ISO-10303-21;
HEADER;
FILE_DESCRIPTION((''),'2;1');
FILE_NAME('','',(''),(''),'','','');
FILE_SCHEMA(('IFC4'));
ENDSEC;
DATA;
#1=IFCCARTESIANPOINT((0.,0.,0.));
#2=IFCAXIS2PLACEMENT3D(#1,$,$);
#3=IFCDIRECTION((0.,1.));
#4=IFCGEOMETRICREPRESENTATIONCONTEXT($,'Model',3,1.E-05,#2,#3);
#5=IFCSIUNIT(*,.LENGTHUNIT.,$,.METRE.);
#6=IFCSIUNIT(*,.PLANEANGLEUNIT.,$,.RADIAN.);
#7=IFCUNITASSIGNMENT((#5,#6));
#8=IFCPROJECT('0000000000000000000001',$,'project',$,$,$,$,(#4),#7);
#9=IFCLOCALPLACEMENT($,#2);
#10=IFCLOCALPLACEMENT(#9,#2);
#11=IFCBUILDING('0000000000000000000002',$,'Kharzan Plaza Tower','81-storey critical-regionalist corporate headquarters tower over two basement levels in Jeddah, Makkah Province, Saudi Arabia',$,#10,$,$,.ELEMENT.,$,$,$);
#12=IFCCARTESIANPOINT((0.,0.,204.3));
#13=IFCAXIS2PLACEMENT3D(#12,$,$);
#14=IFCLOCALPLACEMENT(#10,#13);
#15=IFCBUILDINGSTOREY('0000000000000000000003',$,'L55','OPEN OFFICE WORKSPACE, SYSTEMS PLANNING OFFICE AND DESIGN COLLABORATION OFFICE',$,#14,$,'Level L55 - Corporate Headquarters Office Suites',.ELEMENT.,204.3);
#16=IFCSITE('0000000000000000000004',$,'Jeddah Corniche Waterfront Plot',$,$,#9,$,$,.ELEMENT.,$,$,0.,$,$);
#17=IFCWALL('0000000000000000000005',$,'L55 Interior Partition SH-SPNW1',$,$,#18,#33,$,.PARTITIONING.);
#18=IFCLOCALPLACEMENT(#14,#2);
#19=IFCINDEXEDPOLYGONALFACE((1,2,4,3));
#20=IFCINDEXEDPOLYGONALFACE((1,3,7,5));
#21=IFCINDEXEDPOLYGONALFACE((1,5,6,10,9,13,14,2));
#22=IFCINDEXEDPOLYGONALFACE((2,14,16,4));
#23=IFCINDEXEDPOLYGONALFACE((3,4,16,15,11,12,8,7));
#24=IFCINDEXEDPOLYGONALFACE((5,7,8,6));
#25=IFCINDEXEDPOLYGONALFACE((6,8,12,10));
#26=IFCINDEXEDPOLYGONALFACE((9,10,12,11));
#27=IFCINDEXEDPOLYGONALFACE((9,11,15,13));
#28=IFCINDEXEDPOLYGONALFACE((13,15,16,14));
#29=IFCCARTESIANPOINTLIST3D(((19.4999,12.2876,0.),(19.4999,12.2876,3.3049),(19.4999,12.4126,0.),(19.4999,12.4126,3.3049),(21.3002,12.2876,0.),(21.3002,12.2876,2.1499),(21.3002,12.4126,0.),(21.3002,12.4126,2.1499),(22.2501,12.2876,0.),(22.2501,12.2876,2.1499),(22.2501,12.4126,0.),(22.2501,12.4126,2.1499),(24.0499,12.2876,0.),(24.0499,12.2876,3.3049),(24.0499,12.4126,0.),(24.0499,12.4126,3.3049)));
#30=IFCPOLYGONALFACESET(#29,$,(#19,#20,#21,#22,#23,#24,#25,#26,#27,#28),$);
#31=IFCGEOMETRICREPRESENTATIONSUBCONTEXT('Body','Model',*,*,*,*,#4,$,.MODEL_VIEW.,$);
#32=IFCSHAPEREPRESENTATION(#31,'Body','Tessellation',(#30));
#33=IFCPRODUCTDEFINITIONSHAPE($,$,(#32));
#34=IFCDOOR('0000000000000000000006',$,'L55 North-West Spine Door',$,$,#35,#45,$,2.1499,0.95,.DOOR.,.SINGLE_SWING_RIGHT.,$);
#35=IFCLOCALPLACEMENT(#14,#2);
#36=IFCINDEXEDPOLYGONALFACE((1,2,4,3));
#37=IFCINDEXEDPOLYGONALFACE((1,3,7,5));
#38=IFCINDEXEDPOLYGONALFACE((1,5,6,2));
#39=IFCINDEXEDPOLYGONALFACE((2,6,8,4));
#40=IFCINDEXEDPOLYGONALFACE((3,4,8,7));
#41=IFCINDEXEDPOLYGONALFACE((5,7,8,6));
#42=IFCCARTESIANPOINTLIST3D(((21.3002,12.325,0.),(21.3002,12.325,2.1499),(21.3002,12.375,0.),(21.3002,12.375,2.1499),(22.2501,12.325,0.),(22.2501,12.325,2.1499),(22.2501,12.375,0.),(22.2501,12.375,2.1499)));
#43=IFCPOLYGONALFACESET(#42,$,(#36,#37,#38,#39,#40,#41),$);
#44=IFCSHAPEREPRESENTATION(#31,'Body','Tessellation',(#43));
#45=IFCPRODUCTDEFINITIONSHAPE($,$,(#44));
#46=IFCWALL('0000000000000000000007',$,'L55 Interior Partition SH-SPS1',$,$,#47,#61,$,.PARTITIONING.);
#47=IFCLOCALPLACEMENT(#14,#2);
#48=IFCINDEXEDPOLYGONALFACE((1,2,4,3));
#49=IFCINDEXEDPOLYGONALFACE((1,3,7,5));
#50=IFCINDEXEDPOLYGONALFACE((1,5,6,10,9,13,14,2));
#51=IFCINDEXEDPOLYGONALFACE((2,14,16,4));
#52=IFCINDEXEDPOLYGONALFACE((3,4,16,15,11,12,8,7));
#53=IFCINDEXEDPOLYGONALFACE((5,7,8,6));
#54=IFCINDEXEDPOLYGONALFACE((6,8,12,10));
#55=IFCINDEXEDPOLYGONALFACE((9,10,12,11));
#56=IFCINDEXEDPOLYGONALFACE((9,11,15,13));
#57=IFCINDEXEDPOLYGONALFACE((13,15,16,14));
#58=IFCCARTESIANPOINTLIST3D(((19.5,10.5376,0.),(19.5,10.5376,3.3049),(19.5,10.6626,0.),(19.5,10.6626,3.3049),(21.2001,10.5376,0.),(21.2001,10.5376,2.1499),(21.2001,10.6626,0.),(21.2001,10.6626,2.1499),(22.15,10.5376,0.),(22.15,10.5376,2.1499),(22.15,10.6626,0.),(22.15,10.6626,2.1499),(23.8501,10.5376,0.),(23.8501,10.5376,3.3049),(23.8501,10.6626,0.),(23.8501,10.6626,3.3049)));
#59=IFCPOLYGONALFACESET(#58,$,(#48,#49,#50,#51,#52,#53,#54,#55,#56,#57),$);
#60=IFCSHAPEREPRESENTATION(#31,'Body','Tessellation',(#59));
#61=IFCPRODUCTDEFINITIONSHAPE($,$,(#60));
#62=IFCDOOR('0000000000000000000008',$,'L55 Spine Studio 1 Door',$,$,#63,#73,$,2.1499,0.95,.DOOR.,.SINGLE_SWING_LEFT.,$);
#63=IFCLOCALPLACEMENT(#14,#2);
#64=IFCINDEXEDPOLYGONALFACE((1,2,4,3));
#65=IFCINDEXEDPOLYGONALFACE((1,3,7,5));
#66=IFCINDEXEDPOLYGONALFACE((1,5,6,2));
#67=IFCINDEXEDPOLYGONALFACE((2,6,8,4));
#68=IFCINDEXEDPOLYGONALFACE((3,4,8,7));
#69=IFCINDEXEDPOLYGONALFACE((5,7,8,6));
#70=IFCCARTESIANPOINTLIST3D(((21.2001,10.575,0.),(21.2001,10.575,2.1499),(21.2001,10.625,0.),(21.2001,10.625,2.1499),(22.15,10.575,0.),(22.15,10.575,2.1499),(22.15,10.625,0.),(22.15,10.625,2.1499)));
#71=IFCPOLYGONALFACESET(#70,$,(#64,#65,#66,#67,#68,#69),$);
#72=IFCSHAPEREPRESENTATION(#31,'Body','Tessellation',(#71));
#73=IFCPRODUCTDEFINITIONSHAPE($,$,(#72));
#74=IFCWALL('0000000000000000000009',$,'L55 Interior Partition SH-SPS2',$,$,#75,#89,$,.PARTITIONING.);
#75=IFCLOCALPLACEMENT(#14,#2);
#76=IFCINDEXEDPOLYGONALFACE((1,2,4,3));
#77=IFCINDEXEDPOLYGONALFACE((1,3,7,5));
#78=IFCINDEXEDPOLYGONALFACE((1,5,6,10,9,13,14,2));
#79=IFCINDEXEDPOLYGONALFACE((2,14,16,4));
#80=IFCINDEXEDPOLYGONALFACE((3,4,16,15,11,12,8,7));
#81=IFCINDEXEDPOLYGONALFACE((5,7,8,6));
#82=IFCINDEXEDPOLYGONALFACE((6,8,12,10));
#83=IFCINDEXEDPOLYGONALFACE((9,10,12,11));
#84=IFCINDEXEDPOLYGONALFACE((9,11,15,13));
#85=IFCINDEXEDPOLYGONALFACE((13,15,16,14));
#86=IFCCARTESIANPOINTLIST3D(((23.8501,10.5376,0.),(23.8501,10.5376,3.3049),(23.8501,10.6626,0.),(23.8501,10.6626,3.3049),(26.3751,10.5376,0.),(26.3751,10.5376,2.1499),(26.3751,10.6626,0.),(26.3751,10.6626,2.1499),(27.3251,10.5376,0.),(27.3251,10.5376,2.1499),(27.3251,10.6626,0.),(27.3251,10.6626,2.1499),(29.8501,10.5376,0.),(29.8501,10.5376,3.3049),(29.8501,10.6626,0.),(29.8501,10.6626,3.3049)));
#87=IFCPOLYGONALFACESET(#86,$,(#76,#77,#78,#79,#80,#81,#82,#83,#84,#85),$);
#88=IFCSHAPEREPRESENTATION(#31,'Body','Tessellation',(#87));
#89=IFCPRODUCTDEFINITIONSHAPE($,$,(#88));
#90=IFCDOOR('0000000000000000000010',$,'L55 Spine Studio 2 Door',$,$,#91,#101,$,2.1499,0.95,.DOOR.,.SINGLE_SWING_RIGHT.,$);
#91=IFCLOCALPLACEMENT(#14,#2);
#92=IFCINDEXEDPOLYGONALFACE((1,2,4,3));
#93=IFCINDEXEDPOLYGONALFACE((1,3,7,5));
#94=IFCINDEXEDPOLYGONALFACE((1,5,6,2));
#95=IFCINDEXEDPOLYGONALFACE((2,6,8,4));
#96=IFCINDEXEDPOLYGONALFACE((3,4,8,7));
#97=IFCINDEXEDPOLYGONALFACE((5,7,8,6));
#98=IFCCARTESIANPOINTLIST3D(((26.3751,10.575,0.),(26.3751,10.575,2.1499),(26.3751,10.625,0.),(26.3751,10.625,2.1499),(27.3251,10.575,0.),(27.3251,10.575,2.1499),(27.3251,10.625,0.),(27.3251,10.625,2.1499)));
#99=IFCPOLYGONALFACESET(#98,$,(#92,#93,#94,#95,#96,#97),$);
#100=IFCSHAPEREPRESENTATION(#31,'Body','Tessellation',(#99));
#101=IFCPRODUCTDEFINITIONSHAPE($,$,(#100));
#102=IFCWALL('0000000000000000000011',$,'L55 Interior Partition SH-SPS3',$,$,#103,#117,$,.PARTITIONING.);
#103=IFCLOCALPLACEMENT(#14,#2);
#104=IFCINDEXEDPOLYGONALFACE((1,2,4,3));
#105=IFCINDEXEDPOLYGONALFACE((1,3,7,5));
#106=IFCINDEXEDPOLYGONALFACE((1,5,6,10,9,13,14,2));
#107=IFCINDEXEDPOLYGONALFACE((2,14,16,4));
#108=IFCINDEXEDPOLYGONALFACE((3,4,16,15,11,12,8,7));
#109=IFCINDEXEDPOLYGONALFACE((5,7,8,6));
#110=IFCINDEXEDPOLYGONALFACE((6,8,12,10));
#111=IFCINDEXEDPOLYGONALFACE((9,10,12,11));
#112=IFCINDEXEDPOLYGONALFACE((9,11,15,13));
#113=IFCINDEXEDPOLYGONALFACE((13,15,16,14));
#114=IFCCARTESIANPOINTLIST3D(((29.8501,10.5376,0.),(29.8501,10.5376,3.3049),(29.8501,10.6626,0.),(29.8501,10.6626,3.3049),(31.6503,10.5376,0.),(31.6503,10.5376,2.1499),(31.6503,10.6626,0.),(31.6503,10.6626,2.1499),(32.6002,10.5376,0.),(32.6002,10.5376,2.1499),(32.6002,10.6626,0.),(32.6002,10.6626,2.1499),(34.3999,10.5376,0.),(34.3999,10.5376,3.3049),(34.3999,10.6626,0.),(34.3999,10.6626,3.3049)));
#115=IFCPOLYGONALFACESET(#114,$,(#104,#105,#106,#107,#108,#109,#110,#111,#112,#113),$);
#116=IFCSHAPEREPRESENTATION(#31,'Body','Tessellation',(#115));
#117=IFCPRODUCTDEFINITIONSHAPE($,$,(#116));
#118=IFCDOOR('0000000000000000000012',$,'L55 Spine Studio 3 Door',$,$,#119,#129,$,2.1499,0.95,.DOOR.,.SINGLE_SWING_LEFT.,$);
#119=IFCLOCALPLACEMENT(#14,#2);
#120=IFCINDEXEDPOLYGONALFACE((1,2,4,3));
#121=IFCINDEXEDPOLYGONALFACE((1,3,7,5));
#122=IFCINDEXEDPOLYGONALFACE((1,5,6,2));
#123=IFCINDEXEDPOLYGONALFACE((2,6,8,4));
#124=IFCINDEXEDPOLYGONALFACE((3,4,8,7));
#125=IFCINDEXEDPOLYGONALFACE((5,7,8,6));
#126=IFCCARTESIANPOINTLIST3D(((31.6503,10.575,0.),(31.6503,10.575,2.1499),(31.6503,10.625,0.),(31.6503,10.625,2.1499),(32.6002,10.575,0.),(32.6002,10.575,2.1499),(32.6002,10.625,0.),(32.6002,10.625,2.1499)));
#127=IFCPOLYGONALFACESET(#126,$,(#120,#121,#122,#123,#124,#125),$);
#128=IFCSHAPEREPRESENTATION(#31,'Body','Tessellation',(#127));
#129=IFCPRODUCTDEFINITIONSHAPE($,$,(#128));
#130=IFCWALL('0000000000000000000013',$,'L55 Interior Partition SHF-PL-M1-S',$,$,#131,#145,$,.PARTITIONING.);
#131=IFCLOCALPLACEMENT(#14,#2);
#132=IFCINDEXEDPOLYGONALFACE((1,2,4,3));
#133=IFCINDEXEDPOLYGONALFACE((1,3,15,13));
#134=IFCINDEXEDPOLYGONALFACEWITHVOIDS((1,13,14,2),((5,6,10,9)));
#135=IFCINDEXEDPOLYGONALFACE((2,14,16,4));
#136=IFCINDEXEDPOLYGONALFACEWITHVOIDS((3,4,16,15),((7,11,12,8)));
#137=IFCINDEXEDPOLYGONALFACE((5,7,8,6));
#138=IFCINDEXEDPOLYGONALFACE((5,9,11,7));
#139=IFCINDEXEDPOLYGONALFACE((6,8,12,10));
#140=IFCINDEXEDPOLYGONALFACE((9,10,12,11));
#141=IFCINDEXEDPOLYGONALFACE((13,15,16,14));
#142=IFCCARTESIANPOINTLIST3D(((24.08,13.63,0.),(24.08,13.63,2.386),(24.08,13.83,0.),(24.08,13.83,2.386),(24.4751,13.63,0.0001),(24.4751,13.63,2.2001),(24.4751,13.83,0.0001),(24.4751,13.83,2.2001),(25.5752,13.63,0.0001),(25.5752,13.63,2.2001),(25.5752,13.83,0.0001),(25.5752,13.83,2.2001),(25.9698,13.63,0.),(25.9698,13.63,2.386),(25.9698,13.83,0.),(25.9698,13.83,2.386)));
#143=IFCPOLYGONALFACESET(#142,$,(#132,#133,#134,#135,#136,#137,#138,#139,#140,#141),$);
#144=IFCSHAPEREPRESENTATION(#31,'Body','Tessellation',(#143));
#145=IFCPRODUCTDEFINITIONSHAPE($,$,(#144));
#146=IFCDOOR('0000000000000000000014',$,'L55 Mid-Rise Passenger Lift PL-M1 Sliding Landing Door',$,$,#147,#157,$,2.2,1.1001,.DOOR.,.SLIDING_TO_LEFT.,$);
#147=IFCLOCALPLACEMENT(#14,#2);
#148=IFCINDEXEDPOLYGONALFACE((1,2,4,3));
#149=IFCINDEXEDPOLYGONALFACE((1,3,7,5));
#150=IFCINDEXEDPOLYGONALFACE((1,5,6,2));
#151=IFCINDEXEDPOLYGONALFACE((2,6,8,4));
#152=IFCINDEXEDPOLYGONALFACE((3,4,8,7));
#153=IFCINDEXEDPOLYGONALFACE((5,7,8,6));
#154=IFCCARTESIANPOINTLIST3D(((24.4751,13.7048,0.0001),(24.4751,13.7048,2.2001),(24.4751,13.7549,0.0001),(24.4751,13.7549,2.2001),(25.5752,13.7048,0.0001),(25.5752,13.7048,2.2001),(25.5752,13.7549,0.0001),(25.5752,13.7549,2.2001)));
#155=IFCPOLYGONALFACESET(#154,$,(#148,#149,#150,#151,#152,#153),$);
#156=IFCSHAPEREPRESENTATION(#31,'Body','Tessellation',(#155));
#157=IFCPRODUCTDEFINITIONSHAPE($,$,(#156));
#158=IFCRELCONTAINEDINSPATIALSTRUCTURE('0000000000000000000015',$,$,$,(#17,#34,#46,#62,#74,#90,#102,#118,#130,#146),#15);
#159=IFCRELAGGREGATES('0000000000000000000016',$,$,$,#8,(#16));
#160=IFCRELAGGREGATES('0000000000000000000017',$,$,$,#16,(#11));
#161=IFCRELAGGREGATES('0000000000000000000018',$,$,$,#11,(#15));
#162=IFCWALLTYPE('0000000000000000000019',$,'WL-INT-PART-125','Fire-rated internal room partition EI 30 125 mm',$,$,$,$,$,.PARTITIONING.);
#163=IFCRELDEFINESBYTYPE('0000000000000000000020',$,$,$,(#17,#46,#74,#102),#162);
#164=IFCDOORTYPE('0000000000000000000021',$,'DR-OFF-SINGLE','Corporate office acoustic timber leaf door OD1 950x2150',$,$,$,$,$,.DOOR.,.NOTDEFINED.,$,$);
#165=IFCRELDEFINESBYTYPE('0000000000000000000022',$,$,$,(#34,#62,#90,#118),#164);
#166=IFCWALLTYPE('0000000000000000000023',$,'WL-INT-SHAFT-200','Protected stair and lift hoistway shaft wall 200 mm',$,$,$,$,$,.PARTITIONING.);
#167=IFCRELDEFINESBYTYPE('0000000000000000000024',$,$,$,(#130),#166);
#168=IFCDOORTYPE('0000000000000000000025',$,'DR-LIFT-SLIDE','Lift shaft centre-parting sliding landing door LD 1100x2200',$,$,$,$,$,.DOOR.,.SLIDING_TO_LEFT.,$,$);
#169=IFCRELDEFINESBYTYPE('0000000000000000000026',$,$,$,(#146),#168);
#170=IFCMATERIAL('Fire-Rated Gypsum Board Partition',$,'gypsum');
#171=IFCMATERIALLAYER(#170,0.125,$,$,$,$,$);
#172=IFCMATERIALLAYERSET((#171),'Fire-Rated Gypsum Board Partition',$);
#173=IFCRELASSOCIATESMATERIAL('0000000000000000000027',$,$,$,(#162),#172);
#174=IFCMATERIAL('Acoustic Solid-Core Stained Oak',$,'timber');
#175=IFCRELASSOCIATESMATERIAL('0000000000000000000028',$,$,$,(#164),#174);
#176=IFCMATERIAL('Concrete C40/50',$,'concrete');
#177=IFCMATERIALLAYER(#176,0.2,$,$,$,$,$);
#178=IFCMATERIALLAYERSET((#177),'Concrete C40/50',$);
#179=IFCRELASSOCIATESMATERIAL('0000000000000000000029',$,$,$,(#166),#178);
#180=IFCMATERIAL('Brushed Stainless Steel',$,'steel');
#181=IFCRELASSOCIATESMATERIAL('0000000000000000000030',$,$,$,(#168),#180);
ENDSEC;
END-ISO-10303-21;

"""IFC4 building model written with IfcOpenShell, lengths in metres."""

from ifc_helpers import new_model, si_unit, direction, frame, frame_2d, origin, place, context, subcontext, project, spatial, rectangle, extrude, source, transform, mapped, material, layer, layer_set, type_object, element, fill, save


model = new_model("IFC4")

# Units and contexts
model_context = context("Model", 3, precision=1e-05, world=origin(), true_north=direction((0.0, 1.0)))
body_context = subcontext(model_context, "Body", "Model", "MODEL_VIEW")
ifc_project = project(units=[si_unit("LENGTHUNIT", "METRE"), si_unit("PLANEANGLEUNIT", "RADIAN")], contexts=[model_context])

# Site, building, storey
site_placement = place(None, origin())
site = spatial("IfcSite", under=ifc_project, at=site_placement, Name="Jeddah Corniche Waterfront Plot", CompositionType="ELEMENT", RefElevation=0.0)
building_placement = place(site_placement, origin())
building = spatial("IfcBuilding", under=site, at=building_placement, Name="Kharzan Plaza Tower", Description="81-storey critical-regionalist corporate headquarters tower over two basement levels in Jeddah, Makkah Province, Saudi Arabia", CompositionType="ELEMENT")
storey_placement = place(building_placement, frame((0.0, 0.0, 204.3)))
storey = spatial("IfcBuildingStorey", under=building, at=storey_placement, Name="L55", Description="OPEN OFFICE WORKSPACE, SYSTEMS PLANNING OFFICE AND DESIGN COLLABORATION OFFICE", LongName="Level L55 - Corporate Headquarters Office Suites", CompositionType="ELEMENT", Elevation=204.3)

# Walls, openings, doors
ifc_material_1 = material(Name="Fire-Rated Gypsum Board Partition", Category="gypsum")
ifc_layer_1 = layer(ifc_material_1, 0.125)
ifc_layer_set_1 = layer_set([ifc_layer_1], Name="Fire-Rated Gypsum Board Partition")
wall_type_1 = type_object("IfcWallType", Name="WL-INT-PART-125", Description="Fire-rated internal room partition EI 30 125 mm", PredefinedType="PARTITIONING", material=ifc_layer_set_1)
ifc_material_2 = material(Name="Acoustic Solid-Core Stained Oak", Category="timber")
door_type_1 = type_object("IfcDoorType", Name="DR-OFF-SINGLE", Description="Corporate office acoustic timber leaf door OD1 950x2150", OperationType="NOTDEFINED", PredefinedType="DOOR", material=ifc_material_2)
shared_shape_1 = source(origin(), body_context, "Body", "SweptSolid", [
    extrude(rectangle(XDim=0.95, YDim=2.1499, at=frame_2d((0.4751, 1.075))), frame((0.0, 0.0249, 0.0), z_axis=(0.0, -1.0, 0.0), x_axis=(1.0, 0.0, 0.0)), (0.0, 0.0, 1.0), 0.05),
])
wall_1_placement = place(storey_placement, frame((19.5, 12.3501, 0.0), z_axis=(0.0, 0.0, 1.0), x_axis=(1.0, 0.0, 0.0)))
wall_1 = element("IfcWall", 1, at=wall_1_placement, inside=storey, type_object=wall_type_1, Name="L55 Interior Partition SH-SPNW1", PredefinedType="PARTITIONING", context=body_context, shape_type="SweptSolid", body=[
    extrude(rectangle(XDim=4.55, YDim=0.125, at=frame_2d((2.2749, 0.0))), origin(), (0.0, 0.0, 1.0), 3.3049),
])
opening_1_placement = place(wall_1_placement, frame((1.8, 0.0, 0.0)))
opening_1 = element("IfcOpeningElement", 2, at=opening_1_placement, cuts=wall_1, PredefinedType="OPENING", context=body_context, shape_type="SweptSolid", body=[
    extrude(rectangle(XDim=0.95, YDim=2.1499, at=frame_2d((0.4751, 1.075))), frame((0.0, 0.0725, 0.0), z_axis=(0.0, -1.0, 0.0), x_axis=(1.0, 0.0, 0.0)), (0.0, 0.0, 1.0), 0.145),
])
door_1_placement = place(opening_1_placement, origin())
door_1 = element("IfcDoor", 3, at=door_1_placement, inside=storey, type_object=door_type_1, Name="L55 North-West Spine Door", OperationType="SINGLE_SWING_RIGHT", OverallHeight=2.1499, OverallWidth=0.95, PredefinedType="DOOR", context=body_context, shape_type="MappedRepresentation", body=[
    mapped(shared_shape_1, transform((0.0, 0.0, 0.0), x_axis=(1.0, 0.0, 0.0), y_axis=(0.0, 1.0, 0.0), z_axis=(0.0, 0.0, 1.0))),
])
fill(opening_1, door_1)
wall_2_placement = place(storey_placement, frame((19.5, 10.6001, 0.0), z_axis=(0.0, 0.0, 1.0), x_axis=(1.0, 0.0, 0.0)))
wall_2 = element("IfcWall", 4, at=wall_2_placement, inside=storey, type_object=wall_type_1, Name="L55 Interior Partition SH-SPS1", PredefinedType="PARTITIONING", context=body_context, shape_type="SweptSolid", body=[
    extrude(rectangle(XDim=4.3501, YDim=0.125, at=frame_2d((2.175, 0.0))), origin(), (0.0, 0.0, 1.0), 3.3049),
])
opening_2_placement = place(wall_2_placement, frame((1.7, 0.0, 0.0)))
opening_2 = element("IfcOpeningElement", 5, at=opening_2_placement, cuts=wall_2, PredefinedType="OPENING", context=body_context, shape_type="SweptSolid", body=[
    extrude(rectangle(XDim=0.95, YDim=2.1499, at=frame_2d((0.4751, 1.075))), frame((0.0, 0.0725, 0.0), z_axis=(0.0, -1.0, 0.0), x_axis=(1.0, 0.0, 0.0)), (0.0, 0.0, 1.0), 0.145),
])
door_2_placement = place(opening_2_placement, origin())
door_2 = element("IfcDoor", 6, at=door_2_placement, inside=storey, type_object=door_type_1, Name="L55 Spine Studio 1 Door", OperationType="SINGLE_SWING_LEFT", OverallHeight=2.1499, OverallWidth=0.95, PredefinedType="DOOR", context=body_context, shape_type="MappedRepresentation", body=[
    mapped(shared_shape_1, transform((0.0, 0.0, 0.0), x_axis=(1.0, 0.0, 0.0), y_axis=(0.0, 1.0, 0.0), z_axis=(0.0, 0.0, 1.0))),
])
fill(opening_2, door_2)
wall_3_placement = place(storey_placement, frame((23.8501, 10.6001, 0.0), z_axis=(0.0, 0.0, 1.0), x_axis=(1.0, 0.0, 0.0)))
wall_3 = element("IfcWall", 7, at=wall_3_placement, inside=storey, type_object=wall_type_1, Name="L55 Interior Partition SH-SPS2", PredefinedType="PARTITIONING", context=body_context, shape_type="SweptSolid", body=[
    extrude(rectangle(XDim=6.0, YDim=0.125, at=frame_2d((3.0, 0.0))), origin(), (0.0, 0.0, 1.0), 3.3049),
])
opening_3_placement = place(wall_3_placement, frame((2.5249, 0.0, 0.0)))
opening_3 = element("IfcOpeningElement", 8, at=opening_3_placement, cuts=wall_3, PredefinedType="OPENING", context=body_context, shape_type="SweptSolid", body=[
    extrude(rectangle(XDim=0.95, YDim=2.1499, at=frame_2d((0.4751, 1.075))), frame((0.0, 0.0725, 0.0), z_axis=(0.0, -1.0, 0.0), x_axis=(1.0, 0.0, 0.0)), (0.0, 0.0, 1.0), 0.145),
])
door_3_placement = place(opening_3_placement, origin())
door_3 = element("IfcDoor", 9, at=door_3_placement, inside=storey, type_object=door_type_1, Name="L55 Spine Studio 2 Door", OperationType="SINGLE_SWING_RIGHT", OverallHeight=2.1499, OverallWidth=0.95, PredefinedType="DOOR", context=body_context, shape_type="MappedRepresentation", body=[
    mapped(shared_shape_1, transform((0.0, 0.0, 0.0), x_axis=(1.0, 0.0, 0.0), y_axis=(0.0, 1.0, 0.0), z_axis=(0.0, 0.0, 1.0))),
])
fill(opening_3, door_3)
wall_4_placement = place(storey_placement, frame((29.8501, 10.6001, 0.0), z_axis=(0.0, 0.0, 1.0), x_axis=(1.0, 0.0, 0.0)))
wall_4 = element("IfcWall", 10, at=wall_4_placement, inside=storey, type_object=wall_type_1, Name="L55 Interior Partition SH-SPS3", PredefinedType="PARTITIONING", context=body_context, shape_type="SweptSolid", body=[
    extrude(rectangle(XDim=4.5498, YDim=0.125, at=frame_2d((2.2749, 0.0))), origin(), (0.0, 0.0, 1.0), 3.3049),
])
opening_4_placement = place(wall_4_placement, frame((1.8, 0.0, 0.0)))
opening_4 = element("IfcOpeningElement", 11, at=opening_4_placement, cuts=wall_4, PredefinedType="OPENING", context=body_context, shape_type="SweptSolid", body=[
    extrude(rectangle(XDim=0.95, YDim=2.1499, at=frame_2d((0.4751, 1.075))), frame((0.0, 0.0725, 0.0), z_axis=(0.0, -1.0, 0.0), x_axis=(1.0, 0.0, 0.0)), (0.0, 0.0, 1.0), 0.145),
])
door_4_placement = place(opening_4_placement, origin())
door_4 = element("IfcDoor", 12, at=door_4_placement, inside=storey, type_object=door_type_1, Name="L55 Spine Studio 3 Door", OperationType="SINGLE_SWING_LEFT", OverallHeight=2.1499, OverallWidth=0.95, PredefinedType="DOOR", context=body_context, shape_type="MappedRepresentation", body=[
    mapped(shared_shape_1, transform((0.0, 0.0, 0.0), x_axis=(1.0, 0.0, 0.0), y_axis=(0.0, 1.0, 0.0), z_axis=(0.0, 0.0, 1.0))),
])
fill(opening_4, door_4)
ifc_material_3 = material(Name="Concrete C40/50", Category="concrete")
ifc_layer_2 = layer(ifc_material_3, 0.2)
ifc_layer_set_2 = layer_set([ifc_layer_2], Name="Concrete C40/50")
wall_type_2 = type_object("IfcWallType", Name="WL-INT-SHAFT-200", Description="Protected stair and lift hoistway shaft wall 200 mm", PredefinedType="PARTITIONING", material=ifc_layer_set_2)
wall_5_placement = place(storey_placement, frame((24.0801, 13.73, 0.0), z_axis=(0.0, 0.0, 1.0), x_axis=(1.0, 0.0, 0.0)))
wall_5 = element("IfcWall", 13, at=wall_5_placement, inside=storey, type_object=wall_type_2, Name="L55 Interior Partition SHF-PL-M1-S", PredefinedType="PARTITIONING", context=body_context, shape_type="SweptSolid", body=[
    extrude(rectangle(XDim=1.8899, YDim=0.2, at=frame_2d((0.9448, 0.0))), origin(), (0.0, 0.0, 1.0), 2.386),
])
opening_5_placement = place(wall_5_placement, frame((0.395, 0.0, 0.0)))
opening_5 = element("IfcOpeningElement", 14, at=opening_5_placement, cuts=wall_5, PredefinedType="OPENING", context=body_context, shape_type="SweptSolid", body=[
    extrude(rectangle(XDim=1.1001, YDim=2.2, at=frame_2d((0.55, 1.1001))), frame((0.0, 0.1099, 0.0), z_axis=(0.0, -1.0, 0.0), x_axis=(1.0, 0.0, 0.0)), (0.0, 0.0, 1.0), 0.22),
])
ifc_material_4 = material(Name="Brushed Stainless Steel", Category="steel")
door_type_2 = type_object("IfcDoorType", Name="DR-LIFT-SLIDE", Description="Lift shaft centre-parting sliding landing door LD 1100x2200", OperationType="SLIDING_TO_LEFT", PredefinedType="DOOR", material=ifc_material_4)
shared_shape_2 = source(origin(), body_context, "Body", "SweptSolid", [
    extrude(rectangle(XDim=1.1001, YDim=2.2, at=frame_2d((0.55, 1.1001))), frame((0.0, 0.0249, 0.0), z_axis=(0.0, -1.0, 0.0), x_axis=(1.0, 0.0, 0.0)), (0.0, 0.0, 1.0), 0.05),
])
door_5_placement = place(opening_5_placement, origin())
door_5 = element("IfcDoor", 15, at=door_5_placement, inside=storey, type_object=door_type_2, Name="L55 Mid-Rise Passenger Lift PL-M1 Sliding Landing Door", OperationType="SLIDING_TO_LEFT", OverallHeight=2.2, OverallWidth=1.1001, PredefinedType="DOOR", context=body_context, shape_type="MappedRepresentation", body=[
    mapped(shared_shape_2, transform((0.0, 0.0, 0.0), x_axis=(1.0, 0.0, 0.0), y_axis=(0.0, 1.0, 0.0), z_axis=(0.0, 0.0, 1.0))),
])
fill(opening_5, door_5)

save(model, "model.ifc")
